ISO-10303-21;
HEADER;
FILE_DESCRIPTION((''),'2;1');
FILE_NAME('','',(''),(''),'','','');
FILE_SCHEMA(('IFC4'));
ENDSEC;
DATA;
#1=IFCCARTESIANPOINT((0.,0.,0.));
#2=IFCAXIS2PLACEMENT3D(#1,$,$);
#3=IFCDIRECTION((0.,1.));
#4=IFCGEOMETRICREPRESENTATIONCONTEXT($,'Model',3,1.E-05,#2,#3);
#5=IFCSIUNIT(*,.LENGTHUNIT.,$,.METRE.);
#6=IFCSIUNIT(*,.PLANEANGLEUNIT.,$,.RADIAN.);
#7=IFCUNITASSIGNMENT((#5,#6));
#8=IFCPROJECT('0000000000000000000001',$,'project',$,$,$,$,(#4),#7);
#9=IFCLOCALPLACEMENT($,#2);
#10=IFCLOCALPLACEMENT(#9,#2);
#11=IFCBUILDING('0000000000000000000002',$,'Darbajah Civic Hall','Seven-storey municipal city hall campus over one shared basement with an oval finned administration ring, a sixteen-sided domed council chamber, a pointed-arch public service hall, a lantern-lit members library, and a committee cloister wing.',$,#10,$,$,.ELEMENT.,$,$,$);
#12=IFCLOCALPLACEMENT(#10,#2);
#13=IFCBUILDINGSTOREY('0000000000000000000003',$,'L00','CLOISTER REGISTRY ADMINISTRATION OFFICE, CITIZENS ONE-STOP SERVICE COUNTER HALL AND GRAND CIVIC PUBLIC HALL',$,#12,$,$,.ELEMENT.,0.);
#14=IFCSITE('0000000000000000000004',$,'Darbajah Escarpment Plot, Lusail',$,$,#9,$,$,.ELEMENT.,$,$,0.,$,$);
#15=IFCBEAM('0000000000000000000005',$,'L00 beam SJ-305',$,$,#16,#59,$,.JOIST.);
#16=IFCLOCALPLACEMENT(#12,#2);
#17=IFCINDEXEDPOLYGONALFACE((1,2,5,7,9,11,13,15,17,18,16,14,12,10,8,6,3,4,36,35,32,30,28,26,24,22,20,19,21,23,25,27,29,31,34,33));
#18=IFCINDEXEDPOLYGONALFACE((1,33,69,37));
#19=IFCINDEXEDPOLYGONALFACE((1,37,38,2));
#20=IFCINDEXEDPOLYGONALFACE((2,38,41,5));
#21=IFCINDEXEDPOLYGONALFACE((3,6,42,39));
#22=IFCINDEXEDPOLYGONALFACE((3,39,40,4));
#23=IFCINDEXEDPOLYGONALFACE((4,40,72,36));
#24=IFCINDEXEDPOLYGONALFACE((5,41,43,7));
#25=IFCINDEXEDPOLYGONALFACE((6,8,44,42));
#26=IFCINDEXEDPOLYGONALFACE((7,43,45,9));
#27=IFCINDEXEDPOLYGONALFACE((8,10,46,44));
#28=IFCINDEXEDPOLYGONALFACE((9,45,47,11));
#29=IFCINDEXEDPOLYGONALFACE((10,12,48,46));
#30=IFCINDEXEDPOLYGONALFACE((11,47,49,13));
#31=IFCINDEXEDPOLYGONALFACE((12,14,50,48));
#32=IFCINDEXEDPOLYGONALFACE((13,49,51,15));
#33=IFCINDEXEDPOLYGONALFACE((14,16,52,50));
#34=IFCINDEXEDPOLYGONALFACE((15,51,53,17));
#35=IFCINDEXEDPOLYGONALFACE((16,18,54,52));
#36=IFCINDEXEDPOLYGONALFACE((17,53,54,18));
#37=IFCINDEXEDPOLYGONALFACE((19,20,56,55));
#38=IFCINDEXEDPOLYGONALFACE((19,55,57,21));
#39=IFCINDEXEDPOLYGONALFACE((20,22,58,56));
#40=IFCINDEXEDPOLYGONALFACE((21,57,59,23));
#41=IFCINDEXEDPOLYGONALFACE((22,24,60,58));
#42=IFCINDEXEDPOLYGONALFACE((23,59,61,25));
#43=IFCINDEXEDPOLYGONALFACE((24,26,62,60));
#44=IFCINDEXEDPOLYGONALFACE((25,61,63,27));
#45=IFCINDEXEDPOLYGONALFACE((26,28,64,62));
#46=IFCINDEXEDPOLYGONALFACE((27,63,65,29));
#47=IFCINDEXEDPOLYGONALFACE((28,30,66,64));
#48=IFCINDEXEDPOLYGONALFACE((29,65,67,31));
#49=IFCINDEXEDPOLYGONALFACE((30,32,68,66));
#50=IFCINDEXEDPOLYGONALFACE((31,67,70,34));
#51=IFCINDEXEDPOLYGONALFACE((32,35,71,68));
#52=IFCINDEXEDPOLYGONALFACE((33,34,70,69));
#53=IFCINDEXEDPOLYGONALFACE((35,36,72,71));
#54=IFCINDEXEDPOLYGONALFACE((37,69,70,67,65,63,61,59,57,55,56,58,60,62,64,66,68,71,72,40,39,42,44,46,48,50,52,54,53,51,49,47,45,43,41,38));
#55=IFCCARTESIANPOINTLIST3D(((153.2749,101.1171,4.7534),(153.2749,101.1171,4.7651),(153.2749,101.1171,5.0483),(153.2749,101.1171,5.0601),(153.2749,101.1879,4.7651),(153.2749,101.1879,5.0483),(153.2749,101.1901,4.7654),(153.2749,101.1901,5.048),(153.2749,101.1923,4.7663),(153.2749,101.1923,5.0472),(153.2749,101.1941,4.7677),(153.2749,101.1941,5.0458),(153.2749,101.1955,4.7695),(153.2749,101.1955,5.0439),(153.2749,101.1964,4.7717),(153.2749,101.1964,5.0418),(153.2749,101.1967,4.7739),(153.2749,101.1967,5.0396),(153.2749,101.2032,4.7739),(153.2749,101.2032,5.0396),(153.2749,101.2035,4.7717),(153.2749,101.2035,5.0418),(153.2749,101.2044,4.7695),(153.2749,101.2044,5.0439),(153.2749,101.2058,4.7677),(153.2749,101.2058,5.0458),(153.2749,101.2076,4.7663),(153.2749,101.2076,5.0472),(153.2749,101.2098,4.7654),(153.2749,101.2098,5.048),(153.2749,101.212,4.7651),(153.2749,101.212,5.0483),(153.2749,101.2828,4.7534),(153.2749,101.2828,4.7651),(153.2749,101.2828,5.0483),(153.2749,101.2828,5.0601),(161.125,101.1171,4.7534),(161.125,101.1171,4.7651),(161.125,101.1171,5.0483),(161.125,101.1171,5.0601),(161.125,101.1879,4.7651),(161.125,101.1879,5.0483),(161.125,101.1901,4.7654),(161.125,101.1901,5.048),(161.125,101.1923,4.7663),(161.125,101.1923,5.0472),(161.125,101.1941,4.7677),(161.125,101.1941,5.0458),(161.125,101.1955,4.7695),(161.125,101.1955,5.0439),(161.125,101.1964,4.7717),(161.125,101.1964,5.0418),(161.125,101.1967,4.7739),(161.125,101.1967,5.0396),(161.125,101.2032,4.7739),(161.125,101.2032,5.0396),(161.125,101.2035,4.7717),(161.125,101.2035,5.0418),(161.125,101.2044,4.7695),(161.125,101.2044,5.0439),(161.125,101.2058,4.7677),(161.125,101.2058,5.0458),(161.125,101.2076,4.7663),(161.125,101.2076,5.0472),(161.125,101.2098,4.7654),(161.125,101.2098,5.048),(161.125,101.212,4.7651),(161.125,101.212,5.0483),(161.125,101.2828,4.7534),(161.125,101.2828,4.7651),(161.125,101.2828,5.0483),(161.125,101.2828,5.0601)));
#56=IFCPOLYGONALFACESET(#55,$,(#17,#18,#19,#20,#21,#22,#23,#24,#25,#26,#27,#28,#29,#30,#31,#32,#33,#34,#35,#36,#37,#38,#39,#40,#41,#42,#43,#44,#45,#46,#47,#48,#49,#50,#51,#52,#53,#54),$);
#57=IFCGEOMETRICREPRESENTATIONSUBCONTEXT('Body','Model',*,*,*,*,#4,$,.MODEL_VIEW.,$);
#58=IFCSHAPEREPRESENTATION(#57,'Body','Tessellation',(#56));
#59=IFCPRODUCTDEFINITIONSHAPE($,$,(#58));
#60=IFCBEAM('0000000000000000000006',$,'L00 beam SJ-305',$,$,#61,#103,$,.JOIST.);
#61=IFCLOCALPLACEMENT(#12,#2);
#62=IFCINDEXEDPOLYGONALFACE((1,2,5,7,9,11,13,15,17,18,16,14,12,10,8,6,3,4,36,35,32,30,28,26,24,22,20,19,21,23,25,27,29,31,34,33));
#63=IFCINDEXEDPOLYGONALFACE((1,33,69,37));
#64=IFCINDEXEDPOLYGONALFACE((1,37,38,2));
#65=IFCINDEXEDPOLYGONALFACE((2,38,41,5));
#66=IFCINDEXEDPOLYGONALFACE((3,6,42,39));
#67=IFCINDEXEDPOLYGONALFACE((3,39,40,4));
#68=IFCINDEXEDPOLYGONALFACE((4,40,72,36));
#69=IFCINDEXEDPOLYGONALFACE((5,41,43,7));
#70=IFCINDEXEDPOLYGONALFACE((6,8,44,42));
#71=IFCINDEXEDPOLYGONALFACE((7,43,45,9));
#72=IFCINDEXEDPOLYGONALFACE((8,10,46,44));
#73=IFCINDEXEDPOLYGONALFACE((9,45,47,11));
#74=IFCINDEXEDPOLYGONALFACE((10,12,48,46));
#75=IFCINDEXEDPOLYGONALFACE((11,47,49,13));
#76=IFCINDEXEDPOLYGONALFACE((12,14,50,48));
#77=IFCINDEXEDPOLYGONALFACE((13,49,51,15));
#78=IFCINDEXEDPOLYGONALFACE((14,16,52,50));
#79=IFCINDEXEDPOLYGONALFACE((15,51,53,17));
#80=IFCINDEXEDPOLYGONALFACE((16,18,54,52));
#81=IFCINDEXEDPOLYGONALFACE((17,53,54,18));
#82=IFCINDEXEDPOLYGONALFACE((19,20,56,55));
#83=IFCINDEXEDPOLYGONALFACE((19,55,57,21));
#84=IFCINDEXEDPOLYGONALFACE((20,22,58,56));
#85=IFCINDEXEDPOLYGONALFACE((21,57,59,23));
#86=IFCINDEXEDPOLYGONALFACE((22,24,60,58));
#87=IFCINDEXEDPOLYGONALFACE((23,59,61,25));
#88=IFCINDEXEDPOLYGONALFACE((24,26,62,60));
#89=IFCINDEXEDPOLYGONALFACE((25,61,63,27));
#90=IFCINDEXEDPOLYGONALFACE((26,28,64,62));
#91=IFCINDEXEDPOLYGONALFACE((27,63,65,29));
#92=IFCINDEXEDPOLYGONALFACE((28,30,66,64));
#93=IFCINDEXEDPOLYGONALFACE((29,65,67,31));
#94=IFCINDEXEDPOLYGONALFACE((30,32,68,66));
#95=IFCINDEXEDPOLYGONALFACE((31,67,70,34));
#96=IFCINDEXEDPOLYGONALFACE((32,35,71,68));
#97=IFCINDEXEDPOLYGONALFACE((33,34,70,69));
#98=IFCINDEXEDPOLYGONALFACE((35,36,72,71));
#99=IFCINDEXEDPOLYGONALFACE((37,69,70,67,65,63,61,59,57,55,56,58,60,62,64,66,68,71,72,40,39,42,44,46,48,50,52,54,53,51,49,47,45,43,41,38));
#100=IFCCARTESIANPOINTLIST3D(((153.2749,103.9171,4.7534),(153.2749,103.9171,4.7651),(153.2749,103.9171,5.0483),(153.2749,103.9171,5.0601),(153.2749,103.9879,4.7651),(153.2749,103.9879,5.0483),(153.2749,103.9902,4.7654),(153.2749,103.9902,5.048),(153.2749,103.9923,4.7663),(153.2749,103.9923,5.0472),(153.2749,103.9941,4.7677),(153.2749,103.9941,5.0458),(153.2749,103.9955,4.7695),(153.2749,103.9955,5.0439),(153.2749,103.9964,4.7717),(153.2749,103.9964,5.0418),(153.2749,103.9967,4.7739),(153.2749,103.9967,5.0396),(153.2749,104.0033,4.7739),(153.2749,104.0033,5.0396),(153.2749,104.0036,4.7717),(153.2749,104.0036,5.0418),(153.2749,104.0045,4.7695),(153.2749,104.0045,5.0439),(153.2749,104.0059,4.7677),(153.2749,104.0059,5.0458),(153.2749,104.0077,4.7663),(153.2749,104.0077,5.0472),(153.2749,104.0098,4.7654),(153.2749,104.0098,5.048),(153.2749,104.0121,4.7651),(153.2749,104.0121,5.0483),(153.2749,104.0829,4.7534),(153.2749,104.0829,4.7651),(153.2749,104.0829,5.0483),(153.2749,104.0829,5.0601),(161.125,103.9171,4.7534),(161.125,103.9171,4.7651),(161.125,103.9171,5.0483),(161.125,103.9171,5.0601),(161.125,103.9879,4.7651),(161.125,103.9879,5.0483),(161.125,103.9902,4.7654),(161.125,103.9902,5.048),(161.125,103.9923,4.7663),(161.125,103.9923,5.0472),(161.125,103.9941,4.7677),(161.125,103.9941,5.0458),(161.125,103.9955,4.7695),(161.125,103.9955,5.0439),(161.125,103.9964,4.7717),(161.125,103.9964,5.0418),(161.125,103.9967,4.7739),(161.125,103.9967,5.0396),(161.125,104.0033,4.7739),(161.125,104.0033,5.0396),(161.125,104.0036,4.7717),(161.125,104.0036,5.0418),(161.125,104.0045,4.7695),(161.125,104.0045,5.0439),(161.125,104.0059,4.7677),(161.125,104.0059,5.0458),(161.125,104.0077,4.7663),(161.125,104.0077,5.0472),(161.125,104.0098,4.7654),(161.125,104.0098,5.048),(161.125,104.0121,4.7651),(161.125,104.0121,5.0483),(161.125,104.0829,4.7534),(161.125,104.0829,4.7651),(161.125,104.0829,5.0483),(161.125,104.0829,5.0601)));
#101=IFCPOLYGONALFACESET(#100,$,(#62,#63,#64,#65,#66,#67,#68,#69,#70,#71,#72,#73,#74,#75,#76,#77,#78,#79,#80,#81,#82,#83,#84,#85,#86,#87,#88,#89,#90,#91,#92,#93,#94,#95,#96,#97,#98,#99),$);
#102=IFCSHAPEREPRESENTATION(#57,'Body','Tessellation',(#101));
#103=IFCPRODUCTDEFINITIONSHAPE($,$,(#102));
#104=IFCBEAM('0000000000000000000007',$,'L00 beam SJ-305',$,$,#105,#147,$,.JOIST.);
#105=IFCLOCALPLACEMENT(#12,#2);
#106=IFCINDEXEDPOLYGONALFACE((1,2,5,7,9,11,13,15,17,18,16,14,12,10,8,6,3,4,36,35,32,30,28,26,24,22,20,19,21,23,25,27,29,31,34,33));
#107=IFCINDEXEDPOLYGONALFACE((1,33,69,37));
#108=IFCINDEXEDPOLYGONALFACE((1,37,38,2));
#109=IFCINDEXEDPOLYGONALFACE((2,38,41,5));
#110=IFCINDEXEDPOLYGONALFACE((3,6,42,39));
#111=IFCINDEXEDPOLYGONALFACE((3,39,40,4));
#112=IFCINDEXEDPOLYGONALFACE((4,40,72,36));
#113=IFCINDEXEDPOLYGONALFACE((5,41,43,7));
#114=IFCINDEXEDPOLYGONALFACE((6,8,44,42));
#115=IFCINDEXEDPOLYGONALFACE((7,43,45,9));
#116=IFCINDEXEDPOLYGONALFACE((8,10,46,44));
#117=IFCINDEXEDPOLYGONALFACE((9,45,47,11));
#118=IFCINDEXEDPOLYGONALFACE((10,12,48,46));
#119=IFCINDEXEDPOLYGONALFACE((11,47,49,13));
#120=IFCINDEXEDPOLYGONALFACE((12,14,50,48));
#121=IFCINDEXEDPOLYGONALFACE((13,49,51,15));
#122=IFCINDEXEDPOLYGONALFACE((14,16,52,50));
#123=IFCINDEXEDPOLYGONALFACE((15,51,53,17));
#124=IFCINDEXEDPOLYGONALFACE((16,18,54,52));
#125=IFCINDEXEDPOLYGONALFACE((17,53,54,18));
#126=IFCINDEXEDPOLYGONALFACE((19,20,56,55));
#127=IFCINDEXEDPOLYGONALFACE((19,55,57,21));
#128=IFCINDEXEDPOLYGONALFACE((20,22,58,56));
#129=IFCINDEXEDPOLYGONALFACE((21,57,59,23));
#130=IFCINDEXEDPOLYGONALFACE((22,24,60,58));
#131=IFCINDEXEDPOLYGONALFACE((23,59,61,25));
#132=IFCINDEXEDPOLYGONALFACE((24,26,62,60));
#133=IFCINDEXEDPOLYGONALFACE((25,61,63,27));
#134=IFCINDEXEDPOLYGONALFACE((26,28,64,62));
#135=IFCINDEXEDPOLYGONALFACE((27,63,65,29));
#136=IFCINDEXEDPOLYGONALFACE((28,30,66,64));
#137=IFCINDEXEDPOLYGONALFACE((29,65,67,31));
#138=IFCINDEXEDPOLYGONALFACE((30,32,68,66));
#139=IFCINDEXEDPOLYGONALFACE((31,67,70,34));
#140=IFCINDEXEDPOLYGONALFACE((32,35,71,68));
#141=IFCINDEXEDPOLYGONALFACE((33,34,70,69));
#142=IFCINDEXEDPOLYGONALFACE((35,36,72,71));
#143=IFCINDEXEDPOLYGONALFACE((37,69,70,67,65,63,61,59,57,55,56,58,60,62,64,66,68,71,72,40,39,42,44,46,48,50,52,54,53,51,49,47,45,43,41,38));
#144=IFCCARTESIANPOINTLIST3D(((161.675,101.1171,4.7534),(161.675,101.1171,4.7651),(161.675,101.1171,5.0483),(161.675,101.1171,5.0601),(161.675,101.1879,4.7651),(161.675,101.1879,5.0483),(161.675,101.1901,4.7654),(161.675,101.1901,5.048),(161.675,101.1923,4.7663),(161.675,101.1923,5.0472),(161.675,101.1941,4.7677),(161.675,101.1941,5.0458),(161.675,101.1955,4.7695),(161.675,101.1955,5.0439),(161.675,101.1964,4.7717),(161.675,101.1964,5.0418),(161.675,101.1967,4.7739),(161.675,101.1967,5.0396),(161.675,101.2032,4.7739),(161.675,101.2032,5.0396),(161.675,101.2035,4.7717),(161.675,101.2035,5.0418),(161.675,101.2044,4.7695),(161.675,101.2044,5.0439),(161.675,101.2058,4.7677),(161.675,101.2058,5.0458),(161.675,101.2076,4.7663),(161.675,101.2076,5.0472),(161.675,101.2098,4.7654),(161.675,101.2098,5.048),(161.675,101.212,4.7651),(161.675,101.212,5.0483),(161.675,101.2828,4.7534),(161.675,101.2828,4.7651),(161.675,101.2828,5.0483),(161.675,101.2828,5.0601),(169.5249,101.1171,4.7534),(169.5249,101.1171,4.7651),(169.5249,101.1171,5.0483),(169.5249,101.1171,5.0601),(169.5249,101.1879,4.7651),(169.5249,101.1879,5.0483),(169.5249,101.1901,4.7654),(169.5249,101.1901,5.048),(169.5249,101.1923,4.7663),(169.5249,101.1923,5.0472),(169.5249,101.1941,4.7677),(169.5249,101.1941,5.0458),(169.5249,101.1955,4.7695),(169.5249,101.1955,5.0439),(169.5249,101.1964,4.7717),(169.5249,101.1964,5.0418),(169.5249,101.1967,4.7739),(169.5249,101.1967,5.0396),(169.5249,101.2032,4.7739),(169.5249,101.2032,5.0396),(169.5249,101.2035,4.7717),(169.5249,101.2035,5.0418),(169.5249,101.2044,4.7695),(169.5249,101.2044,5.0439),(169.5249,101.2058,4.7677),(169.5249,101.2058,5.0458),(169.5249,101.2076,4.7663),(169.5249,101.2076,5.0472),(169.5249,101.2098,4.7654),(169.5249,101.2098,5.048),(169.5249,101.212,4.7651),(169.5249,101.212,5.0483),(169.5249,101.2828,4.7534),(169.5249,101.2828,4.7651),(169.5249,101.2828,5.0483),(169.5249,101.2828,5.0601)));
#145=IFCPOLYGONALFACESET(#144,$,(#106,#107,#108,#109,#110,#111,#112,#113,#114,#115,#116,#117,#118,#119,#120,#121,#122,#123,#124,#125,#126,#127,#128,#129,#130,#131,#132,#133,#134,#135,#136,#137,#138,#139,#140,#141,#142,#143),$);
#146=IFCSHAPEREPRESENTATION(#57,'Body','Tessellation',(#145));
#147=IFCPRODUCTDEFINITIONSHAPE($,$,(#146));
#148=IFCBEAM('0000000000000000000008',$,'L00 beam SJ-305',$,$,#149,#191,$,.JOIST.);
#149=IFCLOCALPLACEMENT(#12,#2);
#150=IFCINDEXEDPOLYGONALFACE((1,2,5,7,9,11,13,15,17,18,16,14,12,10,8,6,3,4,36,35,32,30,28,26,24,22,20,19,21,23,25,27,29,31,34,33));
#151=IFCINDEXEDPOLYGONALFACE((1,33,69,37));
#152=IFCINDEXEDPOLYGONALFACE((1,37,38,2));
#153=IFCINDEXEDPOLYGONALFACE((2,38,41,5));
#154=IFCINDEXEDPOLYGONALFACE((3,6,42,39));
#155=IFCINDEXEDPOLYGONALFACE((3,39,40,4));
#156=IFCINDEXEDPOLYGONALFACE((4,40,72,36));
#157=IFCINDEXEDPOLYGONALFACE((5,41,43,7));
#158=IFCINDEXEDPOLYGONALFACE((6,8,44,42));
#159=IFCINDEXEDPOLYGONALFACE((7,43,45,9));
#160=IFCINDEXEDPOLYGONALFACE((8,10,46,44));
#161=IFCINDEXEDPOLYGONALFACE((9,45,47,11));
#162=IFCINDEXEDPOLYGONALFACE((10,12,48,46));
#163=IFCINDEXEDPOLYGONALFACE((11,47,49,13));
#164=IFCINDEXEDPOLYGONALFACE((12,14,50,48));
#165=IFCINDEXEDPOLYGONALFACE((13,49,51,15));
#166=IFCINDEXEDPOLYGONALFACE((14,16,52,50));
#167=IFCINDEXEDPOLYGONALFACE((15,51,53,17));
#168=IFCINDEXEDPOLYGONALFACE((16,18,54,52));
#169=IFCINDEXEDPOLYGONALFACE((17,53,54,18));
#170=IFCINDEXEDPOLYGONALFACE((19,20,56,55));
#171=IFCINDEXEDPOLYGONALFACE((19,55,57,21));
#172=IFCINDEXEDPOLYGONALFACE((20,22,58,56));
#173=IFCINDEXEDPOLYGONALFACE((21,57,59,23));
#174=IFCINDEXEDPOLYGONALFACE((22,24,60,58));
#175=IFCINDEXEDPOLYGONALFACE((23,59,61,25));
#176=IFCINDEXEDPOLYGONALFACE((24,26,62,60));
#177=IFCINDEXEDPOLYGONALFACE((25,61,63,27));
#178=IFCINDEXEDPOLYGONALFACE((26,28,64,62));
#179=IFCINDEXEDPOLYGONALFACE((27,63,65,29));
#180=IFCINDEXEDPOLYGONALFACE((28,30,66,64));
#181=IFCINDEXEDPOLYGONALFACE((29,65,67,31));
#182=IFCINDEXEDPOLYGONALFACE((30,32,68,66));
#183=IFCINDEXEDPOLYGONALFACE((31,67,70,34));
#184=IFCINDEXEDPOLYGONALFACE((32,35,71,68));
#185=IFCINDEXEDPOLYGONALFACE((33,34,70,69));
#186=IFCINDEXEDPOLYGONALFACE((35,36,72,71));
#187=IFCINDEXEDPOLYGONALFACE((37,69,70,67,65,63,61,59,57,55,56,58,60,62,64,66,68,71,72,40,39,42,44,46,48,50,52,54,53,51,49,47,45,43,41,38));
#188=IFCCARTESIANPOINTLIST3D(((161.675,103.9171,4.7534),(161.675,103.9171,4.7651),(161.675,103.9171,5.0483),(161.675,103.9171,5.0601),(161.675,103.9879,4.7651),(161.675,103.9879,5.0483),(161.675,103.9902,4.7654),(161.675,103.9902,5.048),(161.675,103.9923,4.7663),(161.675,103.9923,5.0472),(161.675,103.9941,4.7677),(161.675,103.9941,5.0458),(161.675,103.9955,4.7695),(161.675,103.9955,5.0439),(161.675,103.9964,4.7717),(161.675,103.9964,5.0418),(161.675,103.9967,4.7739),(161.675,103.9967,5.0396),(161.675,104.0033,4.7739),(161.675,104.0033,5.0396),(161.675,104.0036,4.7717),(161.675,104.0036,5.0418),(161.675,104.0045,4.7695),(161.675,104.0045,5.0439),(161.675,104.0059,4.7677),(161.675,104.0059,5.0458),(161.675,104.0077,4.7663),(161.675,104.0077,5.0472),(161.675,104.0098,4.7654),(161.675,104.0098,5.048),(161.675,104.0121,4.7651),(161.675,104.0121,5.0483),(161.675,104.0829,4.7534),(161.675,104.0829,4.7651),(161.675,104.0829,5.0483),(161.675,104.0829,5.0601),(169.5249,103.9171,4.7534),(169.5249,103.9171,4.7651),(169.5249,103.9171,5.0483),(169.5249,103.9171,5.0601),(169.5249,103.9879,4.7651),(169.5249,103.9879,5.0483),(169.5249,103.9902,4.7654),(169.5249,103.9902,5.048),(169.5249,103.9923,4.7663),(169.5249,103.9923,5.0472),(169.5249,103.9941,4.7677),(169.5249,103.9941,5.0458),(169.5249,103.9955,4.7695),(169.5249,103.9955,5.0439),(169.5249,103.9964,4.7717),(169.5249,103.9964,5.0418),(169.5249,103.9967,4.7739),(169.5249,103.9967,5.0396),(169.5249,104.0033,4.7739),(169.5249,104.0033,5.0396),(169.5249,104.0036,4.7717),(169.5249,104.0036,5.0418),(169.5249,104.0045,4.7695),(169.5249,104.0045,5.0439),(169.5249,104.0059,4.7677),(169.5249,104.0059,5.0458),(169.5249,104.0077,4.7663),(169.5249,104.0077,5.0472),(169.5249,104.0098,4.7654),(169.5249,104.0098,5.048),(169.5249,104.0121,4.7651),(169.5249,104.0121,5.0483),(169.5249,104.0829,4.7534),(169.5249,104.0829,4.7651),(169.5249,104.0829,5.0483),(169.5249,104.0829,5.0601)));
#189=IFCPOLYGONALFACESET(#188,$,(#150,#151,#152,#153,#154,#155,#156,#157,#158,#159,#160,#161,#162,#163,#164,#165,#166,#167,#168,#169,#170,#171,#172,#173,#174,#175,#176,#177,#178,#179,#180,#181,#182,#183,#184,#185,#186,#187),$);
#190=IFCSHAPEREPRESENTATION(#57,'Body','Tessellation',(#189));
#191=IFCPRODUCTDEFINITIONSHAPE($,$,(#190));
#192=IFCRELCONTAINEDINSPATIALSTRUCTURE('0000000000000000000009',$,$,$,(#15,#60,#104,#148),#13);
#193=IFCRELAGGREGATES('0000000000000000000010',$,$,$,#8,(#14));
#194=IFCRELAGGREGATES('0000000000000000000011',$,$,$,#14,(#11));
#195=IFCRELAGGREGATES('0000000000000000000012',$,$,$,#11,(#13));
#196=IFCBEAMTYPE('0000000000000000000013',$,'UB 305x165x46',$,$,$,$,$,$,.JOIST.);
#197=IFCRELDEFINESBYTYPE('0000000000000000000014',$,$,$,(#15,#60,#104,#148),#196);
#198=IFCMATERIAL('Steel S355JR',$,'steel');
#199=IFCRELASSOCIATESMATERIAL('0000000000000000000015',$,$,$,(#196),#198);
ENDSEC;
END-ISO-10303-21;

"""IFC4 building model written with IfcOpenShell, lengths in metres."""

from ifc_helpers import new_model, si_unit, direction, frame, origin, origin_2d, place, context, subcontext, project, spatial, i_section, extrude, material, material_profile, profile_set, type_object, element, save


model = new_model("IFC4")

# Units and contexts
model_context = context("Model", 3, precision=1e-05, world=origin(), true_north=direction((0.0, 1.0)))
body_context = subcontext(model_context, "Body", "Model", "MODEL_VIEW")
ifc_project = project(units=[si_unit("LENGTHUNIT", "METRE"), si_unit("PLANEANGLEUNIT", "RADIAN")], contexts=[model_context])

# Site, building, storey
site_placement = place(None, origin())
site = spatial("IfcSite", under=ifc_project, at=site_placement, Name="Darbajah Escarpment Plot, Lusail", CompositionType="ELEMENT", RefElevation=0.0)
building_placement = place(site_placement, origin())
building = spatial("IfcBuilding", under=site, at=building_placement, Name="Darbajah Civic Hall", Description="Seven-storey municipal city hall campus over one shared basement with an oval finned administration ring, a sixteen-sided domed council chamber, a pointed-arch public service hall, a lantern-lit members library, and a committee cloister wing.", CompositionType="ELEMENT")
storey_placement = place(building_placement, origin())
storey = spatial("IfcBuildingStorey", under=building, at=storey_placement, Name="L00", Description="CLOISTER REGISTRY ADMINISTRATION OFFICE, CITIZENS ONE-STOP SERVICE COUNTER HALL AND GRAND CIVIC PUBLIC HALL", CompositionType="ELEMENT", Elevation=0.0)

# Beams
ifc_material_1 = material(Name="Steel S355JR", Category="steel")
ifc_material_profile_1 = material_profile(ifc_material_1, i_section(OverallWidth=0.1658, OverallDepth=0.3066, WebThickness=0.0066, FlangeThickness=0.0117, FilletRadius=0.0088, at=origin_2d()), Name="UB 305x165x46")
ifc_profile_set_1 = profile_set([ifc_material_profile_1], Name="Steel S355JR")
beam_type_1 = type_object("IfcBeamType", Name="UB 305x165x46", PredefinedType="JOIST", material=ifc_profile_set_1)
for number, where, z_axis, x_axis, name in (
    (1, (153.2749, 101.2, 4.9067), (1.0, 0.0, 0.0), (0.0, 1.0, 0.0), "L00 beam SJ-305"),
    (2, (153.2749, 104.0, 4.9067), (1.0, 0.0, 0.0), (0.0, 1.0, 0.0), "L00 beam SJ-305"),
):
    element("IfcBeam", number, at=place(storey_placement, frame(where, z_axis=z_axis, x_axis=x_axis)), inside=storey, type_object=beam_type_1, Name=name, PredefinedType="JOIST", context=body_context, shape_type="SweptSolid", body=[
        extrude(i_section(OverallWidth=0.1658, OverallDepth=0.3066, WebThickness=0.0066, FlangeThickness=0.0117, FilletRadius=0.0088, at=origin_2d()), origin(), (0.0, 0.0, 1.0), 7.8501),
    ])
for number, where, z_axis, x_axis, name in (
    (3, (161.675, 101.2, 4.9067), (1.0, 0.0, 0.0), (0.0, 1.0, 0.0), "L00 beam SJ-305"),
    (4, (161.675, 104.0, 4.9067), (1.0, 0.0, 0.0), (0.0, 1.0, 0.0), "L00 beam SJ-305"),
):
    element("IfcBeam", number, at=place(storey_placement, frame(where, z_axis=z_axis, x_axis=x_axis)), inside=storey, type_object=beam_type_1, Name=name, PredefinedType="JOIST", context=body_context, shape_type="SweptSolid", body=[
        extrude(i_section(OverallWidth=0.1658, OverallDepth=0.3066, WebThickness=0.0066, FlangeThickness=0.0117, FilletRadius=0.0088, at=origin_2d()), origin(), (0.0, 0.0, 1.0), 7.8499),
    ])

save(model, "model.ifc")
